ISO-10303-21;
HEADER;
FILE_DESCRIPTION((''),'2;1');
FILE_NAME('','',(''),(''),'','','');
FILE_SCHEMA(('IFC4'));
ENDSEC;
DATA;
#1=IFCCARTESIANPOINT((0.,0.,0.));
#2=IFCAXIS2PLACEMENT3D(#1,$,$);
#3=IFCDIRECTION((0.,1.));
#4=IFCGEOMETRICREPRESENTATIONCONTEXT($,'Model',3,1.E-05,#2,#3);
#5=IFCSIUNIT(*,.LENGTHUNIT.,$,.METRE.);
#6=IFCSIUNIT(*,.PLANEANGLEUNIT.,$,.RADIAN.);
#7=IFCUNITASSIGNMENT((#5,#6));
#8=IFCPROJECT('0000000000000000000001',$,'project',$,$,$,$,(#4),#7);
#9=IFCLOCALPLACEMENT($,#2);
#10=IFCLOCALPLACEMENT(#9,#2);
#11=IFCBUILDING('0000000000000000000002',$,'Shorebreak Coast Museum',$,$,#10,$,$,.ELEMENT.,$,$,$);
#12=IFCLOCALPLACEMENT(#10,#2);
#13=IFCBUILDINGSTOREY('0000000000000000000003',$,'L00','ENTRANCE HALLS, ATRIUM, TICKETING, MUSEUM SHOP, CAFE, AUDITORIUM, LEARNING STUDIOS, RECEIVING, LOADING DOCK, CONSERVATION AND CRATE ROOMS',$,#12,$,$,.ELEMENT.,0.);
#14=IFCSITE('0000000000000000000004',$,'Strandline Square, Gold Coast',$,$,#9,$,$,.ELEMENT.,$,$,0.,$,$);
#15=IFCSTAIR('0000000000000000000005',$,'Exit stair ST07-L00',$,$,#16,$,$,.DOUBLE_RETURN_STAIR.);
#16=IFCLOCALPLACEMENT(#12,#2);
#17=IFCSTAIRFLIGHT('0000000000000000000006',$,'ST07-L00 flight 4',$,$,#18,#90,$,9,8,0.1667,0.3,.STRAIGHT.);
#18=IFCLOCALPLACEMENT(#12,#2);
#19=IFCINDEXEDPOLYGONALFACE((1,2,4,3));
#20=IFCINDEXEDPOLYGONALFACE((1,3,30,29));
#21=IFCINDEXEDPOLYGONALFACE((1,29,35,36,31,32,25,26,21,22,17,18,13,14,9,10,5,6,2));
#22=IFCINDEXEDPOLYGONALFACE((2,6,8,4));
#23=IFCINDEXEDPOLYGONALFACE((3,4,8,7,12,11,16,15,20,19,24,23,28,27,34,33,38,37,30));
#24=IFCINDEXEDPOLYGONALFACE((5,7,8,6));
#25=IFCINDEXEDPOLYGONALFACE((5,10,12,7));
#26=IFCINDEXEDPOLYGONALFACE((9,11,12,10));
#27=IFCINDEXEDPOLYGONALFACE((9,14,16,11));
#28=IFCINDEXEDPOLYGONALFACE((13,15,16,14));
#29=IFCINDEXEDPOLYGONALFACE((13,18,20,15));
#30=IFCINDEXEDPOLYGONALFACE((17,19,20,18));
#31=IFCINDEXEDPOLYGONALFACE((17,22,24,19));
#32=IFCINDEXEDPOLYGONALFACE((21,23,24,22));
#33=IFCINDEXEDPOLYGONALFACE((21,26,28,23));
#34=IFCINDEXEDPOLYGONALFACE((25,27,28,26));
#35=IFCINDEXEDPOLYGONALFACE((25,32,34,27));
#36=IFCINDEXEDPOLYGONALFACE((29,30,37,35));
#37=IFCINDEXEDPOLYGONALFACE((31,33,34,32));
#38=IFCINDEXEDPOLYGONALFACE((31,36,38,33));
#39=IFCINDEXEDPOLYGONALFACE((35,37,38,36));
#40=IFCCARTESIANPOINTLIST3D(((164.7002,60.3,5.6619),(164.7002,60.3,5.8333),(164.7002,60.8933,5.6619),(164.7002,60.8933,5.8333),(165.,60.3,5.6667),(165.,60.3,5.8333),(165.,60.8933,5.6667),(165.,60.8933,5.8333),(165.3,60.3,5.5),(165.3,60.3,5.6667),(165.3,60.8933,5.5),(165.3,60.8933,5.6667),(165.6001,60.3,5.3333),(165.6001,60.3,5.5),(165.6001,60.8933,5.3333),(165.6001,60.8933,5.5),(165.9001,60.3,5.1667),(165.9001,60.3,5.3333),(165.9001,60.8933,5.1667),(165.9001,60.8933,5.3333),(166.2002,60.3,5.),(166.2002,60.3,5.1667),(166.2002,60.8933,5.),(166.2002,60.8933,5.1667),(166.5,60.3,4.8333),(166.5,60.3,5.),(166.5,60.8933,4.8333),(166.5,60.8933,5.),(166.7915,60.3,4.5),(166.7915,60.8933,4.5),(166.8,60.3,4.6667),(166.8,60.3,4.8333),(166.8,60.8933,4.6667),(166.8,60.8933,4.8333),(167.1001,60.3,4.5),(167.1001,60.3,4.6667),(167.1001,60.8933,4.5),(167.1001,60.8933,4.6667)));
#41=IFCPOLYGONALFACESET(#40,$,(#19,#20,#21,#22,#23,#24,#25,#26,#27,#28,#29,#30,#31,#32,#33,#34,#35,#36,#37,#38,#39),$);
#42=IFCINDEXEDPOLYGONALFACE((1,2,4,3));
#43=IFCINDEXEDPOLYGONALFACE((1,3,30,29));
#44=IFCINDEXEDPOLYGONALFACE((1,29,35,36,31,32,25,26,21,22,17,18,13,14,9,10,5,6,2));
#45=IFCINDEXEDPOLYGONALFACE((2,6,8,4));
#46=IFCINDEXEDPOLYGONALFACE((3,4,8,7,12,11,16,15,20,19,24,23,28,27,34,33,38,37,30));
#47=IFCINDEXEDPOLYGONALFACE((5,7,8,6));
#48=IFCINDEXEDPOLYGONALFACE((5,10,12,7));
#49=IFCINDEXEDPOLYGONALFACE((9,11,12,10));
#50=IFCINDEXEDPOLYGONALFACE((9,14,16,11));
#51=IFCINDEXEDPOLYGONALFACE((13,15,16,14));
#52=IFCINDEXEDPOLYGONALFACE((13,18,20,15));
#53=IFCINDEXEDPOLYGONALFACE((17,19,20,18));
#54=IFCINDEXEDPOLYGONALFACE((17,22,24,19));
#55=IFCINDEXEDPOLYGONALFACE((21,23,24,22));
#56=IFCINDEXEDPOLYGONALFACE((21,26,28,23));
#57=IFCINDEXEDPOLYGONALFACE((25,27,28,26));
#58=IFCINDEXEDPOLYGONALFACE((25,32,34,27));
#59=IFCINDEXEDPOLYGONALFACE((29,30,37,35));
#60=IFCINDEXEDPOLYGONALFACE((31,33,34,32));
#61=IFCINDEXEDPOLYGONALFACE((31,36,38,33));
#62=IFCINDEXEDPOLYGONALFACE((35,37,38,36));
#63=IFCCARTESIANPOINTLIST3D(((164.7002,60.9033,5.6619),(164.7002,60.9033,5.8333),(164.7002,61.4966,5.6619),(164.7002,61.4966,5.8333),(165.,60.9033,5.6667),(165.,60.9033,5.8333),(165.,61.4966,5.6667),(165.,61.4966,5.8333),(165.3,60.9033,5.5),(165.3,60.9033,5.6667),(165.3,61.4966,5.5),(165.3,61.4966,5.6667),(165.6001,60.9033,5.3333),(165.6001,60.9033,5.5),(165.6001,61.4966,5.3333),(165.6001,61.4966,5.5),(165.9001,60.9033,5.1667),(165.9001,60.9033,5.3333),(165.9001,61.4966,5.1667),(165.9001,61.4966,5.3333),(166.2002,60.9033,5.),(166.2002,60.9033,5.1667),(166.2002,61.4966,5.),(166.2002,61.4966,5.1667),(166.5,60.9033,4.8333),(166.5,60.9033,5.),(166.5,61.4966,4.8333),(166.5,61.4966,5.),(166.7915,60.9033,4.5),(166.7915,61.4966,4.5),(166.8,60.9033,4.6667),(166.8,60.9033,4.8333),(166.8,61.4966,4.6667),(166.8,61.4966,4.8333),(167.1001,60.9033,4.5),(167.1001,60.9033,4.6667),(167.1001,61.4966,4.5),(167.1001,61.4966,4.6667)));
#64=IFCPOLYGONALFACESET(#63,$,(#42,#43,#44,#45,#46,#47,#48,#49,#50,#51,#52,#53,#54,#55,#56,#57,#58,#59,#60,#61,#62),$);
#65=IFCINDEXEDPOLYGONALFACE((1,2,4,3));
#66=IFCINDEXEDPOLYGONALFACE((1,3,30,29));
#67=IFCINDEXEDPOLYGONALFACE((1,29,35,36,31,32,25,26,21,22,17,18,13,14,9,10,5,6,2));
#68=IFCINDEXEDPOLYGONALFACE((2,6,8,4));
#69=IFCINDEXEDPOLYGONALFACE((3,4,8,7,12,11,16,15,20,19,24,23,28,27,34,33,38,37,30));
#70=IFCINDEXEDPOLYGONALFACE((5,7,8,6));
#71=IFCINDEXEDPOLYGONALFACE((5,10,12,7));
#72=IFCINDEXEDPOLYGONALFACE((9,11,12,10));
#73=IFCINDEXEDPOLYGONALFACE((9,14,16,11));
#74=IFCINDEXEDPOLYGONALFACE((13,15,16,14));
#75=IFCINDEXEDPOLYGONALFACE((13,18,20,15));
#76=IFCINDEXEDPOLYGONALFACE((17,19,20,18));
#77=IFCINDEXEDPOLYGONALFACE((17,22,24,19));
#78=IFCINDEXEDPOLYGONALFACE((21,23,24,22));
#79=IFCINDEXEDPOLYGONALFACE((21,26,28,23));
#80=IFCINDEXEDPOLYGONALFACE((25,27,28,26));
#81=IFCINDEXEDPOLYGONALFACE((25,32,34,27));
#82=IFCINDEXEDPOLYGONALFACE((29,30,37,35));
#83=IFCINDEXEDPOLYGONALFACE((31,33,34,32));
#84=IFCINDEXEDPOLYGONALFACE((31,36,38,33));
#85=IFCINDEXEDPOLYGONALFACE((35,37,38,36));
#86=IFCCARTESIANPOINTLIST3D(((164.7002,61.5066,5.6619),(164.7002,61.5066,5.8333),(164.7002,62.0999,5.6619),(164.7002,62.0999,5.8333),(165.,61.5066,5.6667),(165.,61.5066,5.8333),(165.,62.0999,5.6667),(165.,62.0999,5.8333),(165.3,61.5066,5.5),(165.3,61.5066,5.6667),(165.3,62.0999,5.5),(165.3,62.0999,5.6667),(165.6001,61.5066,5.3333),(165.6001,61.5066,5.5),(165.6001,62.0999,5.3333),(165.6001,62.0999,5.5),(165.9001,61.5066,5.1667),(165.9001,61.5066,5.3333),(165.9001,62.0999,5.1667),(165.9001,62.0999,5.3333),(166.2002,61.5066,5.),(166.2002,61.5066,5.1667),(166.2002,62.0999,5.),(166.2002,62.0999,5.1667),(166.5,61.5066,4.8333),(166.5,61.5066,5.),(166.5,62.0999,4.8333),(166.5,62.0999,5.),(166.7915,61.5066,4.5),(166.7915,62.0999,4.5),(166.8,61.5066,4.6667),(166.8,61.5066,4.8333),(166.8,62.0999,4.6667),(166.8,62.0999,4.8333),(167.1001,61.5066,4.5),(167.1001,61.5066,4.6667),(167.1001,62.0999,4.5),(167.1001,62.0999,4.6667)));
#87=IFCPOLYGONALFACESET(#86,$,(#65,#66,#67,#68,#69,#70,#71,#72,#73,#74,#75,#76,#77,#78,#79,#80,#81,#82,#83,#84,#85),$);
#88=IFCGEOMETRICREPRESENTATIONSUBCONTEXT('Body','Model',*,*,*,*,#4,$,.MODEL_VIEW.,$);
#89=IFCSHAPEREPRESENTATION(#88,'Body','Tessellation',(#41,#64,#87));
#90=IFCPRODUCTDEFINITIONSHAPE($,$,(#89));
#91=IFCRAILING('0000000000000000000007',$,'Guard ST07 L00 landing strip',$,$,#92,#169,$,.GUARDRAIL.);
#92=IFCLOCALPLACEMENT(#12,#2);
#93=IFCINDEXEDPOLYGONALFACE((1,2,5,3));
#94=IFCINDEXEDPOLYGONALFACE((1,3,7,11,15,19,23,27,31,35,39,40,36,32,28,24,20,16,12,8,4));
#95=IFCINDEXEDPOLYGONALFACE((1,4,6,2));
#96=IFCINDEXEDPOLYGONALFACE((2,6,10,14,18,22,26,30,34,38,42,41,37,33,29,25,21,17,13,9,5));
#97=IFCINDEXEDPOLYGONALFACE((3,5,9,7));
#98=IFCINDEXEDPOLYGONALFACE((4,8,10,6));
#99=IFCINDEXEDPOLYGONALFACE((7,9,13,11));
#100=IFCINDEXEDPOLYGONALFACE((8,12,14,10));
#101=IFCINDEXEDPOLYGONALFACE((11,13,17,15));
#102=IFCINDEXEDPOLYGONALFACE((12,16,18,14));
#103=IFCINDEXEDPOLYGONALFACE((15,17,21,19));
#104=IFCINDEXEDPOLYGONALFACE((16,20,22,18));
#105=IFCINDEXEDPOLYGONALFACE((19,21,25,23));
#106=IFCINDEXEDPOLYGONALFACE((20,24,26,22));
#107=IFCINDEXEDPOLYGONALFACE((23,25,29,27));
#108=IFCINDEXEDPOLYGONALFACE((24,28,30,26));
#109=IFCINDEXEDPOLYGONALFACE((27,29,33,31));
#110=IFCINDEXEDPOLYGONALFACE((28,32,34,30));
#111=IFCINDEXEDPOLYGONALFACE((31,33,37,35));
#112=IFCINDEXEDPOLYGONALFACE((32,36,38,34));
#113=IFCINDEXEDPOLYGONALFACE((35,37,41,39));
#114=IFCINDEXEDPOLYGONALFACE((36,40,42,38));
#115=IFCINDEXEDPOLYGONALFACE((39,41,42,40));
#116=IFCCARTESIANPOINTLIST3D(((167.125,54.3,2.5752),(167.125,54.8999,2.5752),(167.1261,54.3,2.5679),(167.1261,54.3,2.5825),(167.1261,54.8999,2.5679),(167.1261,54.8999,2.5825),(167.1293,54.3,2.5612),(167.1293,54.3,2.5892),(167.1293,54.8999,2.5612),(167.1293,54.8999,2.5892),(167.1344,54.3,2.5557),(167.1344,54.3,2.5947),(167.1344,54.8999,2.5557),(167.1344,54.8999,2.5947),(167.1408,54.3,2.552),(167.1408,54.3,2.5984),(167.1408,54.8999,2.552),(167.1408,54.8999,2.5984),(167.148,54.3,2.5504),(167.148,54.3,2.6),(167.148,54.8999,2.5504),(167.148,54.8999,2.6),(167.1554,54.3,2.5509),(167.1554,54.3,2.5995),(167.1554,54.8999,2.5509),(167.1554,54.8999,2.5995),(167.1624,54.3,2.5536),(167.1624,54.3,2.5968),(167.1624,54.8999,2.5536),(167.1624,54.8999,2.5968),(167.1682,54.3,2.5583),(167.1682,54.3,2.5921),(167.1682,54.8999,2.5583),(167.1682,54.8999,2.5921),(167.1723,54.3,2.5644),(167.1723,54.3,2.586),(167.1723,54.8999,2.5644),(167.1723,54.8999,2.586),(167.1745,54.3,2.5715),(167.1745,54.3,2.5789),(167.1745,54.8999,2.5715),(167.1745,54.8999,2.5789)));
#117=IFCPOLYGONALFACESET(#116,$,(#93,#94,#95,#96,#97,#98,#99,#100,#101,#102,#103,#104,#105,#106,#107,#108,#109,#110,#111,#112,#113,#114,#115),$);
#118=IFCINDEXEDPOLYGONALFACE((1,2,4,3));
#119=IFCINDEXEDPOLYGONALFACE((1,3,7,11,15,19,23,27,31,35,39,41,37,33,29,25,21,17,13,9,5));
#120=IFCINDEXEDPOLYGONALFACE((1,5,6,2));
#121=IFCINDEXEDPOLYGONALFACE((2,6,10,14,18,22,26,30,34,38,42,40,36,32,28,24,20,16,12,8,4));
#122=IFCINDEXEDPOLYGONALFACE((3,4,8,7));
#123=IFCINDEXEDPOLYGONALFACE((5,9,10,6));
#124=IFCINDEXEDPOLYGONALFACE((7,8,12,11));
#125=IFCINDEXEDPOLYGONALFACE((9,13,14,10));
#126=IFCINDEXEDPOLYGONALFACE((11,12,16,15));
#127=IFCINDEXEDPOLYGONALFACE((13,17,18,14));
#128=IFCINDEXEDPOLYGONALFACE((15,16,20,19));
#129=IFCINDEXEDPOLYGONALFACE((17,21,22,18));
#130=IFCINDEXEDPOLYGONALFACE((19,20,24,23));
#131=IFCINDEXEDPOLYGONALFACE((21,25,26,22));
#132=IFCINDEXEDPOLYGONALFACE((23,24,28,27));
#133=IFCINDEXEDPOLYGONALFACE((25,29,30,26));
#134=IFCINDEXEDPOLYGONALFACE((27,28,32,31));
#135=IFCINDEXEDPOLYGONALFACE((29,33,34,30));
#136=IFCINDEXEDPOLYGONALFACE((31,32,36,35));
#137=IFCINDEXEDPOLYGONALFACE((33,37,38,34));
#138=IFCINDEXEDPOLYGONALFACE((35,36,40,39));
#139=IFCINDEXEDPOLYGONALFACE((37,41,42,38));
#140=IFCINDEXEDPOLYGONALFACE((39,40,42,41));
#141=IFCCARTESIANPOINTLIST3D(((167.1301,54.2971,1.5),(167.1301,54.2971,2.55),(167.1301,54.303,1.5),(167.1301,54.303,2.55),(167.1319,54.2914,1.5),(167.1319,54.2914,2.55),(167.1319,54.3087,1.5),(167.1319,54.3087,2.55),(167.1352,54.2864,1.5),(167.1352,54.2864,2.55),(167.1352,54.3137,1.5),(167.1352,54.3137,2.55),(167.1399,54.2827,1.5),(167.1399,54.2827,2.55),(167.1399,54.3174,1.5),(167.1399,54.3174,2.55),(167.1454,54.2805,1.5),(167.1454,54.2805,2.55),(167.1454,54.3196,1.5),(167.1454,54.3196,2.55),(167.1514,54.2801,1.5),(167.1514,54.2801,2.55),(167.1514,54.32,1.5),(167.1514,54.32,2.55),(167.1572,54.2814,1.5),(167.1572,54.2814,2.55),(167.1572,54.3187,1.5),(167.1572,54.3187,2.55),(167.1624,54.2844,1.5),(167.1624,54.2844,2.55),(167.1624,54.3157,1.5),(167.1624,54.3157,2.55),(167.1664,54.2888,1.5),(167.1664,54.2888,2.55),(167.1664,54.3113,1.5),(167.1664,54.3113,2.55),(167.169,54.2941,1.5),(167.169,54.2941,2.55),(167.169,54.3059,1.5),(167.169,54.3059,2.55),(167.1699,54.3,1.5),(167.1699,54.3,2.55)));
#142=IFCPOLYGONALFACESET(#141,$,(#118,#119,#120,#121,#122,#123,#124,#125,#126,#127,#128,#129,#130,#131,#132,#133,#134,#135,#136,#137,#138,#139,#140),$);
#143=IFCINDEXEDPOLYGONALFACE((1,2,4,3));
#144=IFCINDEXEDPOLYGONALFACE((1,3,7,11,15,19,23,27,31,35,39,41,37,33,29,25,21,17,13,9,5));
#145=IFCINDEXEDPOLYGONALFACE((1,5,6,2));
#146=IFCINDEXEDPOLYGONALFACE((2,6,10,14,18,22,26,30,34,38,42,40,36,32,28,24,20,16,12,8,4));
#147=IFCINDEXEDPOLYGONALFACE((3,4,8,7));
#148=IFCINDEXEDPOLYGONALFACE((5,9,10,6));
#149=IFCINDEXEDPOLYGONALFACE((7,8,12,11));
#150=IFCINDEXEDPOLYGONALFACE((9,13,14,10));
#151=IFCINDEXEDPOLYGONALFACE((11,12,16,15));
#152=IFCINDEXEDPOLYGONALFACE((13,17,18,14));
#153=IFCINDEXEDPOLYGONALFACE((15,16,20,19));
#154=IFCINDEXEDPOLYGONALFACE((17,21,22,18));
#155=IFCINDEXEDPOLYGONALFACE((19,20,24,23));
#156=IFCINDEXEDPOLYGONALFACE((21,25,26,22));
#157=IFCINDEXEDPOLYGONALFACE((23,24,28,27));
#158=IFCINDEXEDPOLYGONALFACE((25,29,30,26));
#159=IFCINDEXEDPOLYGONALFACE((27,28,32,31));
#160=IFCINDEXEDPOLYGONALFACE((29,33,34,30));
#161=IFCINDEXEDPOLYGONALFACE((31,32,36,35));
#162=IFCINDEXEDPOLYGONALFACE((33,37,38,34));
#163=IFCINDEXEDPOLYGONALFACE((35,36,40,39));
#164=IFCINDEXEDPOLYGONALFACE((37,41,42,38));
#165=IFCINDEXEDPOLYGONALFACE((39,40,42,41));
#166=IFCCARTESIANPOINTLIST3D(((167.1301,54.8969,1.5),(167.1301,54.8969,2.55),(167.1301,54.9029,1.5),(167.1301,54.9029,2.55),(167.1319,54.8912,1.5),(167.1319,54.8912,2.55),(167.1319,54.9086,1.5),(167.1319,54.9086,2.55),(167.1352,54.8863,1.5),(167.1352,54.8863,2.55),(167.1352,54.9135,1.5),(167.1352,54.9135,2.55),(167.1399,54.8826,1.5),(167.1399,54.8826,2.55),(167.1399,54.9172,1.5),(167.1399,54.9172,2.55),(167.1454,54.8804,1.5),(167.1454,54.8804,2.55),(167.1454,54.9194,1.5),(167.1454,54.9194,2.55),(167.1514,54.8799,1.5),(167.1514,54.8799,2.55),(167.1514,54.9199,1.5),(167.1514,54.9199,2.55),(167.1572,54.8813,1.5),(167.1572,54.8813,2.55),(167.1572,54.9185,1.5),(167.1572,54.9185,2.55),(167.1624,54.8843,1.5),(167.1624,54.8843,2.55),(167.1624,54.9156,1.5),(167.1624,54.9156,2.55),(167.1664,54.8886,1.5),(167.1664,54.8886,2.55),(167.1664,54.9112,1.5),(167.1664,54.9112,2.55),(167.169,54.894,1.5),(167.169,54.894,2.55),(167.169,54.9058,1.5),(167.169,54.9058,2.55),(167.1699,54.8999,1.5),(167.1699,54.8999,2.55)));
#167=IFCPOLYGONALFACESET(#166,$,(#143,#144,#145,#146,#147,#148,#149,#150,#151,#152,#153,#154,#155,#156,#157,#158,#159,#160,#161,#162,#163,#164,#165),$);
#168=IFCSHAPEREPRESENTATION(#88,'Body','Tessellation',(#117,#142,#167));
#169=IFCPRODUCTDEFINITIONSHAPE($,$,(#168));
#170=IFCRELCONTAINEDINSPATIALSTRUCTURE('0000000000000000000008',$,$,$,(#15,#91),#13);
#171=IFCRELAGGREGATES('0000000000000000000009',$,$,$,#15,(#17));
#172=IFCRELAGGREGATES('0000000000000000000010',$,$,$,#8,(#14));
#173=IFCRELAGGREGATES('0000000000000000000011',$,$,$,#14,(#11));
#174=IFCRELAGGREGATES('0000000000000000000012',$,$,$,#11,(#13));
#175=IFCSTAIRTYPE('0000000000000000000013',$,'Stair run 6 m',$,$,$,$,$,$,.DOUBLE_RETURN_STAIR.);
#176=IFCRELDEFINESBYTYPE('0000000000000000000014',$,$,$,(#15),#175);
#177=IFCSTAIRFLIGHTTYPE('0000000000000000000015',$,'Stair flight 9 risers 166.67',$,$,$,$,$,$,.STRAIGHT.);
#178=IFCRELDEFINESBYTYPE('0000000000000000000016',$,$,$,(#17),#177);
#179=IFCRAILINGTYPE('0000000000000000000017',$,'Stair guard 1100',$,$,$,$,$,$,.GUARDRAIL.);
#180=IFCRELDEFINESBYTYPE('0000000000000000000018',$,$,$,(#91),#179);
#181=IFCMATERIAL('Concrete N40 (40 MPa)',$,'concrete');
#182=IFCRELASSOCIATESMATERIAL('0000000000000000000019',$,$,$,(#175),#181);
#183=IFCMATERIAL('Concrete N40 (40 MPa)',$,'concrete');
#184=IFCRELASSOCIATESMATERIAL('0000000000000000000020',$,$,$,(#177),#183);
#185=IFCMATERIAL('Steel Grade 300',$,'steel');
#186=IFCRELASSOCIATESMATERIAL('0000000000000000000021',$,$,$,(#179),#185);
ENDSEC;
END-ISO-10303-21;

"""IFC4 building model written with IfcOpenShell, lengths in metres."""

from ifc_helpers import new_model, si_unit, direction, frame, origin, origin_2d, place, context, subcontext, project, spatial, polyline, circle, outline, extrude, material, type_object, element, aggregate, save


model = new_model("IFC4")

# Units and contexts
model_context = context("Model", 3, precision=1e-05, world=origin(), true_north=direction((0.0, 1.0)))
body_context = subcontext(model_context, "Body", "Model", "MODEL_VIEW")
ifc_project = project(units=[si_unit("LENGTHUNIT", "METRE"), si_unit("PLANEANGLEUNIT", "RADIAN")], contexts=[model_context])

# Site, building, storey
site_placement = place(None, origin())
site = spatial("IfcSite", under=ifc_project, at=site_placement, Name="Strandline Square, Gold Coast", CompositionType="ELEMENT", RefElevation=0.0)
building_placement = place(site_placement, origin())
building = spatial("IfcBuilding", under=site, at=building_placement, Name="Shorebreak Coast Museum", CompositionType="ELEMENT")
storey_placement = place(building_placement, origin())
storey = spatial("IfcBuildingStorey", under=building, at=storey_placement, Name="L00", Description="ENTRANCE HALLS, ATRIUM, TICKETING, MUSEUM SHOP, CAFE, AUDITORIUM, LEARNING STUDIOS, RECEIVING, LOADING DOCK, CONSERVATION AND CRATE ROOMS", CompositionType="ELEMENT", Elevation=0.0)

# Stair, stair flight
ifc_material_1 = material(Name="Concrete N40 (40 MPa)", Category="concrete")
stair_type = type_object("IfcStairType", Name="Stair run 6 m", PredefinedType="DOUBLE_RETURN_STAIR", material=ifc_material_1)
stair_placement = place(storey_placement, origin())
stair = element("IfcStair", 1, at=stair_placement, inside=storey, type_object=stair_type, Name="Exit stair ST07-L00", PredefinedType="DOUBLE_RETURN_STAIR")
ifc_material_2 = material(Name="Concrete N40 (40 MPa)", Category="concrete")
stair_flight_type = type_object("IfcStairFlightType", Name="Stair flight 9 risers 166.67", PredefinedType="STRAIGHT", material=ifc_material_2)
stair_flight_1_placement = place(storey_placement, frame((167.1001, 61.2, 4.5), z_axis=(0.0, 0.0, 1.0), x_axis=(-1.0, 0.0, 0.0)))
stair_flight_1 = element("IfcStairFlight", 2, at=stair_flight_1_placement, type_object=stair_flight_type, Name="ST07-L00 flight 4", NumberOfRisers=9, NumberOfTreads=8, PredefinedType="STRAIGHT", RiserHeight=0.1667, TreadLength=0.3, context=body_context, shape_type="SweptSolid", body=[
    extrude(outline(polyline([(0.0, 0.0), (0.0, 0.1667), (0.3, 0.1667), (0.3, 0.3333), (0.6001, 0.3333), (0.6001, 0.5), (0.8999, 0.5), (0.8999, 0.6667), (1.2, 0.6667), (1.2, 0.8333), (1.5, 0.8333), (1.5, 1.0), (1.8, 1.0), (1.8, 1.1667), (2.1001, 1.1667), (2.1001, 1.3333), (2.3999, 1.3333), (2.3999, 1.5), (2.3999, 1.1619), (0.3086, 0.0), (0.0, 0.0)])), frame((0.0, 0.8999, 0.0), z_axis=(0.0, -1.0, 0.0), x_axis=(1.0, 0.0, 0.0)), (0.0, 0.0, 1.0), 0.5933),
    extrude(outline(polyline([(0.0, 0.0), (0.0, 0.1667), (0.3, 0.1667), (0.3, 0.3333), (0.6001, 0.3333), (0.6001, 0.5), (0.8999, 0.5), (0.8999, 0.6667), (1.2, 0.6667), (1.2, 0.8333), (1.5, 0.8333), (1.5, 1.0), (1.8, 1.0), (1.8, 1.1667), (2.1001, 1.1667), (2.1001, 1.3333), (2.3999, 1.3333), (2.3999, 1.5), (2.3999, 1.1619), (0.3086, 0.0), (0.0, 0.0)])), frame((0.0, 0.2966, 0.0), z_axis=(0.0, -1.0, 0.0), x_axis=(1.0, 0.0, 0.0)), (0.0, 0.0, 1.0), 0.5933),
    extrude(outline(polyline([(0.0, 0.0), (0.0, 0.1667), (0.3, 0.1667), (0.3, 0.3333), (0.6001, 0.3333), (0.6001, 0.5), (0.8999, 0.5), (0.8999, 0.6667), (1.2, 0.6667), (1.2, 0.8333), (1.5, 0.8333), (1.5, 1.0), (1.8, 1.0), (1.8, 1.1667), (2.1001, 1.1667), (2.1001, 1.3333), (2.3999, 1.3333), (2.3999, 1.5), (2.3999, 1.1619), (0.3086, 0.0), (0.0, 0.0)])), frame((0.0, -0.3066, 0.0), z_axis=(0.0, -1.0, 0.0), x_axis=(1.0, 0.0, 0.0)), (0.0, 0.0, 1.0), 0.5933),
])
aggregate(stair, [stair_flight_1])

# Railing
ifc_material_3 = material(Name="Steel Grade 300", Category="steel")
railing_type_1 = type_object("IfcRailingType", Name="Stair guard 1100", PredefinedType="GUARDRAIL", material=ifc_material_3)
railing_placement = place(storey_placement, frame((167.1499, 54.3, 1.5)))
element("IfcRailing", 3, at=railing_placement, inside=storey, type_object=railing_type_1, Name="Guard ST07 L00 landing strip", PredefinedType="GUARDRAIL", context=body_context, shape_type="SweptSolid", body=[
    extrude(circle(Radius=0.0249, at=origin_2d()), frame((0.0, 0.0, 1.0752), z_axis=(0.0, 1.0, 0.0), x_axis=(-1.0, 0.0, 0.0)), (0.0, 0.0, 1.0), 0.5999),
    extrude(circle(Radius=0.02, at=origin_2d()), origin(), (0.0, 0.0, 1.0), 1.05),
    extrude(circle(Radius=0.02, at=origin_2d()), frame((0.0, 0.5999, 0.0)), (0.0, 0.0, 1.0), 1.05),
])

save(model, "model.ifc")
